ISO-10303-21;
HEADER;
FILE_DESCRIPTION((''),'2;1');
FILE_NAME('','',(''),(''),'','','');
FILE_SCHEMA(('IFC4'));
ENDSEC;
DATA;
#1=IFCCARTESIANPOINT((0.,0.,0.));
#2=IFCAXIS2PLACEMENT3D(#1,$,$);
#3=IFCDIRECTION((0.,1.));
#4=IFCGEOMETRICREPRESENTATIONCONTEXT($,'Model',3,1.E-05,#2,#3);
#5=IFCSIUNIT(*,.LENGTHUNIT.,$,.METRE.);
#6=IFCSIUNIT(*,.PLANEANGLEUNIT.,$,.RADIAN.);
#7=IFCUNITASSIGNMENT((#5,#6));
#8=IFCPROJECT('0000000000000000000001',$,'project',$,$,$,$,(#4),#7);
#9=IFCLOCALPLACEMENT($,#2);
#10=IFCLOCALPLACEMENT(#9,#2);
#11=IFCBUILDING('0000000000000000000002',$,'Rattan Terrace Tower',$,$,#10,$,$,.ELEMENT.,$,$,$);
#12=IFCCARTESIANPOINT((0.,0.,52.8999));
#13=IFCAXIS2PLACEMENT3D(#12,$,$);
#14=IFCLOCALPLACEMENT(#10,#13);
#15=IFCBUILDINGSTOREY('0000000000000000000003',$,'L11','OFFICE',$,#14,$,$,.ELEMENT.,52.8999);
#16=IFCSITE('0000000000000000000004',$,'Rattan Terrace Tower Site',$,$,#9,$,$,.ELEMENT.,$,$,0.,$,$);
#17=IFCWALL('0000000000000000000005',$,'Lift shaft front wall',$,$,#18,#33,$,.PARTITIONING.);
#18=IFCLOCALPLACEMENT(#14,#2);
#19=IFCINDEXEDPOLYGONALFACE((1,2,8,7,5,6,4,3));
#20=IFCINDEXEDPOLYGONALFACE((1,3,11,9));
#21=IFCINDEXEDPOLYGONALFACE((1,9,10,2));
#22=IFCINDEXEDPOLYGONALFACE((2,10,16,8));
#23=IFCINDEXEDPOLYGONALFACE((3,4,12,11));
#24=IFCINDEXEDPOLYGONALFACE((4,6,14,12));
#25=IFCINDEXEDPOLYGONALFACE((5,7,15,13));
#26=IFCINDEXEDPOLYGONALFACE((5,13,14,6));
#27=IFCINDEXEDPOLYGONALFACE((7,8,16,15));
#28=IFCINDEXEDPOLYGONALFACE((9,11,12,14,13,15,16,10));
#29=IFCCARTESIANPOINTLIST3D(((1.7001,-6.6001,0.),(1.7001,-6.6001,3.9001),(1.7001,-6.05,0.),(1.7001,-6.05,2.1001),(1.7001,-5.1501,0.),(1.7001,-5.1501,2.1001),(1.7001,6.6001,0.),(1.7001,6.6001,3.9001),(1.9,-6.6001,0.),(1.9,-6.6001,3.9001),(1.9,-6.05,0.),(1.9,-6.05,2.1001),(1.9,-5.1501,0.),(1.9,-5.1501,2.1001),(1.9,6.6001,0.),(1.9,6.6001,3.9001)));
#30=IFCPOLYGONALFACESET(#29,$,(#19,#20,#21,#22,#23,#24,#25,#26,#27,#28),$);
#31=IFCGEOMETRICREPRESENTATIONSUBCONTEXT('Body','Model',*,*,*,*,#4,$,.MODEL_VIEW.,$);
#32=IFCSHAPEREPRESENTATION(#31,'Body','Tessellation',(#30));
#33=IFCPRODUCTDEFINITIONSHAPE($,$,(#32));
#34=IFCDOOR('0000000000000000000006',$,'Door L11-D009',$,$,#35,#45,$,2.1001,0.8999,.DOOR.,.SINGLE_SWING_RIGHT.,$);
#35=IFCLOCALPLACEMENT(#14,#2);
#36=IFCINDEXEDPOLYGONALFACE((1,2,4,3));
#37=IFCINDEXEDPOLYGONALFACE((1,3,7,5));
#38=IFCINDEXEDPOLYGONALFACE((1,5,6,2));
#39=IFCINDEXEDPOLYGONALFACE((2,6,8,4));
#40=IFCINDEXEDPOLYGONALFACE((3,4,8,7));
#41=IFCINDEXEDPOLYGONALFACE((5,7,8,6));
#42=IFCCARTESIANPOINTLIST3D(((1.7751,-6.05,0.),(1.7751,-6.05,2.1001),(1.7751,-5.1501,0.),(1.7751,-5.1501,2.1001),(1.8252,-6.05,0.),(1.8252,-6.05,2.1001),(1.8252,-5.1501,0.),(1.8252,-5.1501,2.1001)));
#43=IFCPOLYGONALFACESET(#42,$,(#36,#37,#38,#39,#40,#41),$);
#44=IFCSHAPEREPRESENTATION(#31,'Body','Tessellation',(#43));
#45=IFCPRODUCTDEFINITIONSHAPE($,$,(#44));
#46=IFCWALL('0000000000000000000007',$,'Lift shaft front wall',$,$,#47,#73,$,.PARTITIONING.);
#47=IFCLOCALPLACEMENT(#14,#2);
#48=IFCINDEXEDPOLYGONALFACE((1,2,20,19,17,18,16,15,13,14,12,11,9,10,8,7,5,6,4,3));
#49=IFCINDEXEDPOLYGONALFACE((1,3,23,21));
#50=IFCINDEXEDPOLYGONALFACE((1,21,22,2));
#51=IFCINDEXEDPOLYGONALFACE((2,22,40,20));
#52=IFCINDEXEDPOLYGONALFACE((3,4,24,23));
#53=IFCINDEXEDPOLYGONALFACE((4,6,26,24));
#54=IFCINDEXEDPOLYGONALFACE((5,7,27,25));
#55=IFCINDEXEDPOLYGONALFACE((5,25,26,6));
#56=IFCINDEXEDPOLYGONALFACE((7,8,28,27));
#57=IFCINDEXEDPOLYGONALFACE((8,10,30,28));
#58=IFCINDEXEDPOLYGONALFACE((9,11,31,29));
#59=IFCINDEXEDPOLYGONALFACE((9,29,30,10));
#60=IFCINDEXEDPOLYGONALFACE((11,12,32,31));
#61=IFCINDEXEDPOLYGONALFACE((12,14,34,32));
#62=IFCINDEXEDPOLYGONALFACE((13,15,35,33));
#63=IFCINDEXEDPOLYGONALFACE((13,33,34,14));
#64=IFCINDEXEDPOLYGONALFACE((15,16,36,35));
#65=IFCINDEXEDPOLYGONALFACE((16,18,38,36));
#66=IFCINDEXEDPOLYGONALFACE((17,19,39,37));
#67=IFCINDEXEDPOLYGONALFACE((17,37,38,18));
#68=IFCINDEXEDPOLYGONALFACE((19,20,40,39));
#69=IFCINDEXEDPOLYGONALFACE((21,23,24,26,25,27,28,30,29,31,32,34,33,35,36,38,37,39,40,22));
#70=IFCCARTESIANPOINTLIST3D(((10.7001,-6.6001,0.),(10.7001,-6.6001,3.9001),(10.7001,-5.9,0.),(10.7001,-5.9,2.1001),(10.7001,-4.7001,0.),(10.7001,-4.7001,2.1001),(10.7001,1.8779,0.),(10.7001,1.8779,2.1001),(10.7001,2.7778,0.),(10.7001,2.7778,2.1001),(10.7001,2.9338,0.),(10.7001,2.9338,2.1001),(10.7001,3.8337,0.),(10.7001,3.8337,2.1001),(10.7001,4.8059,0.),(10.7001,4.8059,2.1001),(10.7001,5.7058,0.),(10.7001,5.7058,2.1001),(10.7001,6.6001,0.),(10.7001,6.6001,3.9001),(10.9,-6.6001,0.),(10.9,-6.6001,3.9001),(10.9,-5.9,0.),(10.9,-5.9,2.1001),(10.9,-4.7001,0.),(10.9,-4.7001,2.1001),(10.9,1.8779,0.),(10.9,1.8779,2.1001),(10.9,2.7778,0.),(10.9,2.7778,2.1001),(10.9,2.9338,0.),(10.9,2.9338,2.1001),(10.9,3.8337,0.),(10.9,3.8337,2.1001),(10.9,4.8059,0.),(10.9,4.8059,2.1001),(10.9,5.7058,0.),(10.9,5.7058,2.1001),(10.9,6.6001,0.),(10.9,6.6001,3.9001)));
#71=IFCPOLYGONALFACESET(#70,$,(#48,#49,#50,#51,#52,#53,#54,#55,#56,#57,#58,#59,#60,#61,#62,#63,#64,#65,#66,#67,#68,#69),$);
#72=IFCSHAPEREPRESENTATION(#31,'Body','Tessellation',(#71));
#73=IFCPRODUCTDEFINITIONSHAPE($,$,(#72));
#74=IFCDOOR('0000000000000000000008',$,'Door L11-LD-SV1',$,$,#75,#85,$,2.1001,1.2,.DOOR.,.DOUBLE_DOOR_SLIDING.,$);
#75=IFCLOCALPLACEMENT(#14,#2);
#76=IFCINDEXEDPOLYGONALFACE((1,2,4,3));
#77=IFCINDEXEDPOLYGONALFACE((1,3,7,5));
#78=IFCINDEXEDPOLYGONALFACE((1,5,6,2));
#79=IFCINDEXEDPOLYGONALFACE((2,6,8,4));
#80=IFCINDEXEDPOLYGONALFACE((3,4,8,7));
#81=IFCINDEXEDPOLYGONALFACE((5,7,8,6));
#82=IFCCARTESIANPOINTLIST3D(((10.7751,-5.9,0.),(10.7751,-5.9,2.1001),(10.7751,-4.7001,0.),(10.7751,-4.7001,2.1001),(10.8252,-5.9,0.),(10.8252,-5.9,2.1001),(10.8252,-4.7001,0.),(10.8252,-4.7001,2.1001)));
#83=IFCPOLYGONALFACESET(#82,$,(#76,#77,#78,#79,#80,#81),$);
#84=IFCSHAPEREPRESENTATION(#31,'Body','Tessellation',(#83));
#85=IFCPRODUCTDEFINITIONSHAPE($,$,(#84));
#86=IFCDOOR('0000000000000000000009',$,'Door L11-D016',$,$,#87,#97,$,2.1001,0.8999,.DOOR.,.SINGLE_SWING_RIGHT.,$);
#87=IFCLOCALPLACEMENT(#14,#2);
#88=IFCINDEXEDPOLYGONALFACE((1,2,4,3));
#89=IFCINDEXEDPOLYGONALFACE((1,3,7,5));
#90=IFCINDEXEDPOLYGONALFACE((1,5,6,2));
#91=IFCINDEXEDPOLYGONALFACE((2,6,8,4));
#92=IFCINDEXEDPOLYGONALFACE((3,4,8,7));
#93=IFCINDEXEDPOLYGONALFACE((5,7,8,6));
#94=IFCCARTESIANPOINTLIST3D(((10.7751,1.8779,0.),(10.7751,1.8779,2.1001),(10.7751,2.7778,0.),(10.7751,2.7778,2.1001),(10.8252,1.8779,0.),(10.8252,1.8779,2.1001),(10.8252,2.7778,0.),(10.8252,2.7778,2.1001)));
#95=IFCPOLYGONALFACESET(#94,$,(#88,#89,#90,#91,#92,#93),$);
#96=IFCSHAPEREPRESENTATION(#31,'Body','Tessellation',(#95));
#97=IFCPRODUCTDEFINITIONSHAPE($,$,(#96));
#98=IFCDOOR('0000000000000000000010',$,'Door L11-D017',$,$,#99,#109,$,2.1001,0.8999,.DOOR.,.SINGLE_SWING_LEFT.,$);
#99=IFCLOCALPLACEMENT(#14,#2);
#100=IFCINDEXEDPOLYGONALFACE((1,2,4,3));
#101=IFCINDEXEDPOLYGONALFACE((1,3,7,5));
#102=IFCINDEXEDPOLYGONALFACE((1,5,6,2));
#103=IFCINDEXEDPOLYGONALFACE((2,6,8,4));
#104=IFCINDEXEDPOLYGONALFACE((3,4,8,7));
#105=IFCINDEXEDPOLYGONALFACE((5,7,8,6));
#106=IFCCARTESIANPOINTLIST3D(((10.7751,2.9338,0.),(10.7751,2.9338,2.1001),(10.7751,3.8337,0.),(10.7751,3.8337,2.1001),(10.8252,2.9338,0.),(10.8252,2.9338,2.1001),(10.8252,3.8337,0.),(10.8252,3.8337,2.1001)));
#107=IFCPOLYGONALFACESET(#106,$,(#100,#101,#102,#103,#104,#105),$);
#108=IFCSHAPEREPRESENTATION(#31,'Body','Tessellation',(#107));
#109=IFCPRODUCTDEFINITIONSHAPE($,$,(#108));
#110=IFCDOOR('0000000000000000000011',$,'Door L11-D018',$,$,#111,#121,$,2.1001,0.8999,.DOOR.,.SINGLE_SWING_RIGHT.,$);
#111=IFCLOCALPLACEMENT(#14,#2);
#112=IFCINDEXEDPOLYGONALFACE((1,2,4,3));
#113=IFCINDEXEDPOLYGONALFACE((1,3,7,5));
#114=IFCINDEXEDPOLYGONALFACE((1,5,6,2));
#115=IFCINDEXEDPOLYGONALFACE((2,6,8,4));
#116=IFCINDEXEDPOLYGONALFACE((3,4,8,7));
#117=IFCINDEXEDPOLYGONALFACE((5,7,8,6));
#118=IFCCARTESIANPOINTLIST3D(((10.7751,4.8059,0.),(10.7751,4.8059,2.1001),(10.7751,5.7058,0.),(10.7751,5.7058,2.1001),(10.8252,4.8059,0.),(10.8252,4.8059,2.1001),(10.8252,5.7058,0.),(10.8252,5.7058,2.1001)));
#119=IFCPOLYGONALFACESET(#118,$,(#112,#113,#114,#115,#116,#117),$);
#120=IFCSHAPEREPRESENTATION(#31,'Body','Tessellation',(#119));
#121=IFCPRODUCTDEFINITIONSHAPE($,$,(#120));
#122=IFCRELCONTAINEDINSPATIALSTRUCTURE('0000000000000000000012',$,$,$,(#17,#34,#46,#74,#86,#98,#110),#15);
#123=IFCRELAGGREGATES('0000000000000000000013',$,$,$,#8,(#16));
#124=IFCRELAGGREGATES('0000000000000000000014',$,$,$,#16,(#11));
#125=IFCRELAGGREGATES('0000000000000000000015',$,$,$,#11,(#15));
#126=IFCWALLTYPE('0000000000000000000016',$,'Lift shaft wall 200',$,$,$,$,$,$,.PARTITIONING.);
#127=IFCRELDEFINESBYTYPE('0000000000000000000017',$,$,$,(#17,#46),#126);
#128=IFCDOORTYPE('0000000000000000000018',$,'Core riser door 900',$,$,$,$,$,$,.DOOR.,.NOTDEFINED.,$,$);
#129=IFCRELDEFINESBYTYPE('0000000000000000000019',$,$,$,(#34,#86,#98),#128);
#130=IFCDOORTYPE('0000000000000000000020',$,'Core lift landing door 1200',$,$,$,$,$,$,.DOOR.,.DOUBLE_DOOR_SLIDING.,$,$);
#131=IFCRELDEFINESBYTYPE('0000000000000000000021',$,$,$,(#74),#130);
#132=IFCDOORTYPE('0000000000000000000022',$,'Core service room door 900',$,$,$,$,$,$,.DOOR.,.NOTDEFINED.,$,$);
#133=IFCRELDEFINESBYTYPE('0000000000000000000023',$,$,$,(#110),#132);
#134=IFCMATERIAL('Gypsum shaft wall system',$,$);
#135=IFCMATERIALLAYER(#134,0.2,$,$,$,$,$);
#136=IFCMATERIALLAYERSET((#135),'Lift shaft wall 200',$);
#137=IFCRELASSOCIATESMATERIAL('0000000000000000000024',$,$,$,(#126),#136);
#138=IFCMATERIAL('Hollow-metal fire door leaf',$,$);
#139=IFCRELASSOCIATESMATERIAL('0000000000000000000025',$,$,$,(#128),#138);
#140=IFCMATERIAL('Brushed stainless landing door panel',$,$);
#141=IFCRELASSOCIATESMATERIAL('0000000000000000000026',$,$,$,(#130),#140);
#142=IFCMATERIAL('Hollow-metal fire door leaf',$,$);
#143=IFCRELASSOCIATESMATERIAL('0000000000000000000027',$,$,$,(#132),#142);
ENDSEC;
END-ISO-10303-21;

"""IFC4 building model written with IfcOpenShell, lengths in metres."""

from ifc_helpers import new_model, si_unit, direction, frame, frame_2d, origin, place, context, subcontext, project, spatial, rectangle, extrude, material, layer, layer_set, type_object, element, fill, save


model = new_model("IFC4")

# Units and contexts
model_context = context("Model", 3, precision=1e-05, world=origin(), true_north=direction((0.0, 1.0)))
body_context = subcontext(model_context, "Body", "Model", "MODEL_VIEW")
ifc_project = project(units=[si_unit("LENGTHUNIT", "METRE"), si_unit("PLANEANGLEUNIT", "RADIAN")], contexts=[model_context])

# Site, building, storey
site_placement = place(None, origin())
site = spatial("IfcSite", under=ifc_project, at=site_placement, Name="Rattan Terrace Tower Site", CompositionType="ELEMENT", RefElevation=0.0)
building_placement = place(site_placement, origin())
building = spatial("IfcBuilding", under=site, at=building_placement, Name="Rattan Terrace Tower", CompositionType="ELEMENT")
storey_placement = place(building_placement, frame((0.0, 0.0, 52.8999)))
storey = spatial("IfcBuildingStorey", under=building, at=storey_placement, Name="L11", Description="OFFICE", CompositionType="ELEMENT", Elevation=52.8999)

# Wall, opening, door
ifc_material_1 = material(Name="Gypsum shaft wall system")
ifc_layer_1 = layer(ifc_material_1, 0.2)
ifc_layer_set_1 = layer_set([ifc_layer_1], Name="Lift shaft wall 200")
wall_type_1 = type_object("IfcWallType", Name="Lift shaft wall 200", PredefinedType="PARTITIONING", material=ifc_layer_set_1)
wall_1_placement = place(storey_placement, frame((1.8, -6.6001, 0.0), z_axis=(0.0, 0.0, 1.0), x_axis=(0.0, 1.0, 0.0)))
wall_1 = element("IfcWall", 1, at=wall_1_placement, inside=storey, type_object=wall_type_1, Name="Lift shaft front wall", PredefinedType="PARTITIONING", context=body_context, shape_type="SweptSolid", body=[
    extrude(rectangle(XDim=13.2002, YDim=0.2, at=frame_2d((6.6001, 0.0))), origin(), (0.0, 0.0, 1.0), 3.9001),
])
opening_1_placement = place(wall_1_placement, frame((0.55, 0.0, 0.0)))
opening_1 = element("IfcOpeningElement", 2, at=opening_1_placement, cuts=wall_1, PredefinedType="OPENING", context=body_context, shape_type="SweptSolid", body=[
    extrude(rectangle(XDim=0.8999, YDim=2.1001, at=frame_2d((0.45, 1.05))), frame((0.0, 0.1106, 0.0), z_axis=(0.0, -1.0, 0.0), x_axis=(1.0, 0.0, 0.0)), (0.0, 0.0, 1.0), 0.2209),
])
ifc_material_2 = material(Name="Hollow-metal fire door leaf")
door_type_1 = type_object("IfcDoorType", Name="Core riser door 900", OperationType="NOTDEFINED", PredefinedType="DOOR", material=ifc_material_2)
door_1_placement = place(opening_1_placement, origin())
door_1 = element("IfcDoor", 3, at=door_1_placement, inside=storey, type_object=door_type_1, Name="Door L11-D009", OperationType="SINGLE_SWING_RIGHT", OverallHeight=2.1001, OverallWidth=0.8999, PredefinedType="DOOR", context=body_context, shape_type="SweptSolid", body=[
    extrude(rectangle(XDim=0.8999, YDim=2.1001, at=frame_2d((0.45, 1.05))), frame((0.0, 0.0249, 0.0), z_axis=(0.0, -1.0, 0.0), x_axis=(1.0, 0.0, 0.0)), (0.0, 0.0, 1.0), 0.05),
])
fill(opening_1, door_1)

# Wall, openings, doors
wall_2_placement = place(storey_placement, frame((10.8, -6.6001, 0.0), z_axis=(0.0, 0.0, 1.0), x_axis=(0.0, 1.0, 0.0)))
wall_2 = element("IfcWall", 4, at=wall_2_placement, inside=storey, type_object=wall_type_1, Name="Lift shaft front wall", PredefinedType="PARTITIONING", context=body_context, shape_type="SweptSolid", body=[
    extrude(rectangle(XDim=13.2002, YDim=0.2, at=frame_2d((6.6001, 0.0))), origin(), (0.0, 0.0, 1.0), 3.9001),
])
opening_2_placement = place(wall_2_placement, frame((0.7, 0.0, 0.0)))
opening_2 = element("IfcOpeningElement", 5, at=opening_2_placement, cuts=wall_2, PredefinedType="OPENING", context=body_context, shape_type="SweptSolid", body=[
    extrude(rectangle(XDim=1.2, YDim=2.1001, at=frame_2d((0.6001, 1.05))), frame((0.0, 0.1106, 0.0), z_axis=(0.0, -1.0, 0.0), x_axis=(1.0, 0.0, 0.0)), (0.0, 0.0, 1.0), 0.2209),
])
opening_3_placement = place(wall_2_placement, frame((8.478, 0.0, 0.0)))
opening_3 = element("IfcOpeningElement", 6, at=opening_3_placement, cuts=wall_2, PredefinedType="OPENING", context=body_context, shape_type="SweptSolid", body=[
    extrude(rectangle(XDim=0.8999, YDim=2.1001, at=frame_2d((0.45, 1.05))), frame((0.0, 0.1106, 0.0), z_axis=(0.0, -1.0, 0.0), x_axis=(1.0, 0.0, 0.0)), (0.0, 0.0, 1.0), 0.2209),
])
opening_4_placement = place(wall_2_placement, frame((9.5339, 0.0, 0.0)))
opening_4 = element("IfcOpeningElement", 7, at=opening_4_placement, cuts=wall_2, PredefinedType="OPENING", context=body_context, shape_type="SweptSolid", body=[
    extrude(rectangle(XDim=0.8999, YDim=2.1001, at=frame_2d((0.45, 1.05))), frame((0.0, 0.1106, 0.0), z_axis=(0.0, -1.0, 0.0), x_axis=(1.0, 0.0, 0.0)), (0.0, 0.0, 1.0), 0.2209),
])
opening_5_placement = place(wall_2_placement, frame((11.406, 0.0, 0.0)))
opening_5 = element("IfcOpeningElement", 8, at=opening_5_placement, cuts=wall_2, PredefinedType="OPENING", context=body_context, shape_type="SweptSolid", body=[
    extrude(rectangle(XDim=0.8999, YDim=2.1001, at=frame_2d((0.45, 1.05))), frame((0.0, 0.1106, 0.0), z_axis=(0.0, -1.0, 0.0), x_axis=(1.0, 0.0, 0.0)), (0.0, 0.0, 1.0), 0.2209),
])
ifc_material_3 = material(Name="Brushed stainless landing door panel")
door_type_2 = type_object("IfcDoorType", Name="Core lift landing door 1200", OperationType="DOUBLE_DOOR_SLIDING", PredefinedType="DOOR", material=ifc_material_3)
door_2_placement = place(opening_2_placement, origin())
door_2 = element("IfcDoor", 9, at=door_2_placement, inside=storey, type_object=door_type_2, Name="Door L11-LD-SV1", OperationType="DOUBLE_DOOR_SLIDING", OverallHeight=2.1001, OverallWidth=1.2, PredefinedType="DOOR", context=body_context, shape_type="SweptSolid", body=[
    extrude(rectangle(XDim=1.2, YDim=2.1001, at=frame_2d((0.6001, 1.05))), frame((0.0, 0.0249, 0.0), z_axis=(0.0, -1.0, 0.0), x_axis=(1.0, 0.0, 0.0)), (0.0, 0.0, 1.0), 0.05),
])
fill(opening_2, door_2)
door_3_placement = place(opening_3_placement, origin())
door_3 = element("IfcDoor", 10, at=door_3_placement, inside=storey, type_object=door_type_1, Name="Door L11-D016", OperationType="SINGLE_SWING_RIGHT", OverallHeight=2.1001, OverallWidth=0.8999, PredefinedType="DOOR", context=body_context, shape_type="SweptSolid", body=[
    extrude(rectangle(XDim=0.8999, YDim=2.1001, at=frame_2d((0.45, 1.05))), frame((0.0, 0.0249, 0.0), z_axis=(0.0, -1.0, 0.0), x_axis=(1.0, 0.0, 0.0)), (0.0, 0.0, 1.0), 0.05),
])
fill(opening_3, door_3)
door_4_placement = place(opening_4_placement, origin())
door_4 = element("IfcDoor", 11, at=door_4_placement, inside=storey, type_object=door_type_1, Name="Door L11-D017", OperationType="SINGLE_SWING_LEFT", OverallHeight=2.1001, OverallWidth=0.8999, PredefinedType="DOOR", context=body_context, shape_type="SweptSolid", body=[
    extrude(rectangle(XDim=0.8999, YDim=2.1001, at=frame_2d((0.45, 1.05))), frame((0.0, 0.0249, 0.0), z_axis=(0.0, -1.0, 0.0), x_axis=(1.0, 0.0, 0.0)), (0.0, 0.0, 1.0), 0.05),
])
fill(opening_4, door_4)
ifc_material_4 = material(Name="Hollow-metal fire door leaf")
door_type_3 = type_object("IfcDoorType", Name="Core service room door 900", OperationType="NOTDEFINED", PredefinedType="DOOR", material=ifc_material_4)
door_5_placement = place(opening_5_placement, origin())
door_5 = element("IfcDoor", 12, at=door_5_placement, inside=storey, type_object=door_type_3, Name="Door L11-D018", OperationType="SINGLE_SWING_RIGHT", OverallHeight=2.1001, OverallWidth=0.8999, PredefinedType="DOOR", context=body_context, shape_type="SweptSolid", body=[
    extrude(rectangle(XDim=0.8999, YDim=2.1001, at=frame_2d((0.45, 1.05))), frame((0.0, 0.0249, 0.0), z_axis=(0.0, -1.0, 0.0), x_axis=(1.0, 0.0, 0.0)), (0.0, 0.0, 1.0), 0.05),
])
fill(opening_5, door_5)

save(model, "model.ifc")
